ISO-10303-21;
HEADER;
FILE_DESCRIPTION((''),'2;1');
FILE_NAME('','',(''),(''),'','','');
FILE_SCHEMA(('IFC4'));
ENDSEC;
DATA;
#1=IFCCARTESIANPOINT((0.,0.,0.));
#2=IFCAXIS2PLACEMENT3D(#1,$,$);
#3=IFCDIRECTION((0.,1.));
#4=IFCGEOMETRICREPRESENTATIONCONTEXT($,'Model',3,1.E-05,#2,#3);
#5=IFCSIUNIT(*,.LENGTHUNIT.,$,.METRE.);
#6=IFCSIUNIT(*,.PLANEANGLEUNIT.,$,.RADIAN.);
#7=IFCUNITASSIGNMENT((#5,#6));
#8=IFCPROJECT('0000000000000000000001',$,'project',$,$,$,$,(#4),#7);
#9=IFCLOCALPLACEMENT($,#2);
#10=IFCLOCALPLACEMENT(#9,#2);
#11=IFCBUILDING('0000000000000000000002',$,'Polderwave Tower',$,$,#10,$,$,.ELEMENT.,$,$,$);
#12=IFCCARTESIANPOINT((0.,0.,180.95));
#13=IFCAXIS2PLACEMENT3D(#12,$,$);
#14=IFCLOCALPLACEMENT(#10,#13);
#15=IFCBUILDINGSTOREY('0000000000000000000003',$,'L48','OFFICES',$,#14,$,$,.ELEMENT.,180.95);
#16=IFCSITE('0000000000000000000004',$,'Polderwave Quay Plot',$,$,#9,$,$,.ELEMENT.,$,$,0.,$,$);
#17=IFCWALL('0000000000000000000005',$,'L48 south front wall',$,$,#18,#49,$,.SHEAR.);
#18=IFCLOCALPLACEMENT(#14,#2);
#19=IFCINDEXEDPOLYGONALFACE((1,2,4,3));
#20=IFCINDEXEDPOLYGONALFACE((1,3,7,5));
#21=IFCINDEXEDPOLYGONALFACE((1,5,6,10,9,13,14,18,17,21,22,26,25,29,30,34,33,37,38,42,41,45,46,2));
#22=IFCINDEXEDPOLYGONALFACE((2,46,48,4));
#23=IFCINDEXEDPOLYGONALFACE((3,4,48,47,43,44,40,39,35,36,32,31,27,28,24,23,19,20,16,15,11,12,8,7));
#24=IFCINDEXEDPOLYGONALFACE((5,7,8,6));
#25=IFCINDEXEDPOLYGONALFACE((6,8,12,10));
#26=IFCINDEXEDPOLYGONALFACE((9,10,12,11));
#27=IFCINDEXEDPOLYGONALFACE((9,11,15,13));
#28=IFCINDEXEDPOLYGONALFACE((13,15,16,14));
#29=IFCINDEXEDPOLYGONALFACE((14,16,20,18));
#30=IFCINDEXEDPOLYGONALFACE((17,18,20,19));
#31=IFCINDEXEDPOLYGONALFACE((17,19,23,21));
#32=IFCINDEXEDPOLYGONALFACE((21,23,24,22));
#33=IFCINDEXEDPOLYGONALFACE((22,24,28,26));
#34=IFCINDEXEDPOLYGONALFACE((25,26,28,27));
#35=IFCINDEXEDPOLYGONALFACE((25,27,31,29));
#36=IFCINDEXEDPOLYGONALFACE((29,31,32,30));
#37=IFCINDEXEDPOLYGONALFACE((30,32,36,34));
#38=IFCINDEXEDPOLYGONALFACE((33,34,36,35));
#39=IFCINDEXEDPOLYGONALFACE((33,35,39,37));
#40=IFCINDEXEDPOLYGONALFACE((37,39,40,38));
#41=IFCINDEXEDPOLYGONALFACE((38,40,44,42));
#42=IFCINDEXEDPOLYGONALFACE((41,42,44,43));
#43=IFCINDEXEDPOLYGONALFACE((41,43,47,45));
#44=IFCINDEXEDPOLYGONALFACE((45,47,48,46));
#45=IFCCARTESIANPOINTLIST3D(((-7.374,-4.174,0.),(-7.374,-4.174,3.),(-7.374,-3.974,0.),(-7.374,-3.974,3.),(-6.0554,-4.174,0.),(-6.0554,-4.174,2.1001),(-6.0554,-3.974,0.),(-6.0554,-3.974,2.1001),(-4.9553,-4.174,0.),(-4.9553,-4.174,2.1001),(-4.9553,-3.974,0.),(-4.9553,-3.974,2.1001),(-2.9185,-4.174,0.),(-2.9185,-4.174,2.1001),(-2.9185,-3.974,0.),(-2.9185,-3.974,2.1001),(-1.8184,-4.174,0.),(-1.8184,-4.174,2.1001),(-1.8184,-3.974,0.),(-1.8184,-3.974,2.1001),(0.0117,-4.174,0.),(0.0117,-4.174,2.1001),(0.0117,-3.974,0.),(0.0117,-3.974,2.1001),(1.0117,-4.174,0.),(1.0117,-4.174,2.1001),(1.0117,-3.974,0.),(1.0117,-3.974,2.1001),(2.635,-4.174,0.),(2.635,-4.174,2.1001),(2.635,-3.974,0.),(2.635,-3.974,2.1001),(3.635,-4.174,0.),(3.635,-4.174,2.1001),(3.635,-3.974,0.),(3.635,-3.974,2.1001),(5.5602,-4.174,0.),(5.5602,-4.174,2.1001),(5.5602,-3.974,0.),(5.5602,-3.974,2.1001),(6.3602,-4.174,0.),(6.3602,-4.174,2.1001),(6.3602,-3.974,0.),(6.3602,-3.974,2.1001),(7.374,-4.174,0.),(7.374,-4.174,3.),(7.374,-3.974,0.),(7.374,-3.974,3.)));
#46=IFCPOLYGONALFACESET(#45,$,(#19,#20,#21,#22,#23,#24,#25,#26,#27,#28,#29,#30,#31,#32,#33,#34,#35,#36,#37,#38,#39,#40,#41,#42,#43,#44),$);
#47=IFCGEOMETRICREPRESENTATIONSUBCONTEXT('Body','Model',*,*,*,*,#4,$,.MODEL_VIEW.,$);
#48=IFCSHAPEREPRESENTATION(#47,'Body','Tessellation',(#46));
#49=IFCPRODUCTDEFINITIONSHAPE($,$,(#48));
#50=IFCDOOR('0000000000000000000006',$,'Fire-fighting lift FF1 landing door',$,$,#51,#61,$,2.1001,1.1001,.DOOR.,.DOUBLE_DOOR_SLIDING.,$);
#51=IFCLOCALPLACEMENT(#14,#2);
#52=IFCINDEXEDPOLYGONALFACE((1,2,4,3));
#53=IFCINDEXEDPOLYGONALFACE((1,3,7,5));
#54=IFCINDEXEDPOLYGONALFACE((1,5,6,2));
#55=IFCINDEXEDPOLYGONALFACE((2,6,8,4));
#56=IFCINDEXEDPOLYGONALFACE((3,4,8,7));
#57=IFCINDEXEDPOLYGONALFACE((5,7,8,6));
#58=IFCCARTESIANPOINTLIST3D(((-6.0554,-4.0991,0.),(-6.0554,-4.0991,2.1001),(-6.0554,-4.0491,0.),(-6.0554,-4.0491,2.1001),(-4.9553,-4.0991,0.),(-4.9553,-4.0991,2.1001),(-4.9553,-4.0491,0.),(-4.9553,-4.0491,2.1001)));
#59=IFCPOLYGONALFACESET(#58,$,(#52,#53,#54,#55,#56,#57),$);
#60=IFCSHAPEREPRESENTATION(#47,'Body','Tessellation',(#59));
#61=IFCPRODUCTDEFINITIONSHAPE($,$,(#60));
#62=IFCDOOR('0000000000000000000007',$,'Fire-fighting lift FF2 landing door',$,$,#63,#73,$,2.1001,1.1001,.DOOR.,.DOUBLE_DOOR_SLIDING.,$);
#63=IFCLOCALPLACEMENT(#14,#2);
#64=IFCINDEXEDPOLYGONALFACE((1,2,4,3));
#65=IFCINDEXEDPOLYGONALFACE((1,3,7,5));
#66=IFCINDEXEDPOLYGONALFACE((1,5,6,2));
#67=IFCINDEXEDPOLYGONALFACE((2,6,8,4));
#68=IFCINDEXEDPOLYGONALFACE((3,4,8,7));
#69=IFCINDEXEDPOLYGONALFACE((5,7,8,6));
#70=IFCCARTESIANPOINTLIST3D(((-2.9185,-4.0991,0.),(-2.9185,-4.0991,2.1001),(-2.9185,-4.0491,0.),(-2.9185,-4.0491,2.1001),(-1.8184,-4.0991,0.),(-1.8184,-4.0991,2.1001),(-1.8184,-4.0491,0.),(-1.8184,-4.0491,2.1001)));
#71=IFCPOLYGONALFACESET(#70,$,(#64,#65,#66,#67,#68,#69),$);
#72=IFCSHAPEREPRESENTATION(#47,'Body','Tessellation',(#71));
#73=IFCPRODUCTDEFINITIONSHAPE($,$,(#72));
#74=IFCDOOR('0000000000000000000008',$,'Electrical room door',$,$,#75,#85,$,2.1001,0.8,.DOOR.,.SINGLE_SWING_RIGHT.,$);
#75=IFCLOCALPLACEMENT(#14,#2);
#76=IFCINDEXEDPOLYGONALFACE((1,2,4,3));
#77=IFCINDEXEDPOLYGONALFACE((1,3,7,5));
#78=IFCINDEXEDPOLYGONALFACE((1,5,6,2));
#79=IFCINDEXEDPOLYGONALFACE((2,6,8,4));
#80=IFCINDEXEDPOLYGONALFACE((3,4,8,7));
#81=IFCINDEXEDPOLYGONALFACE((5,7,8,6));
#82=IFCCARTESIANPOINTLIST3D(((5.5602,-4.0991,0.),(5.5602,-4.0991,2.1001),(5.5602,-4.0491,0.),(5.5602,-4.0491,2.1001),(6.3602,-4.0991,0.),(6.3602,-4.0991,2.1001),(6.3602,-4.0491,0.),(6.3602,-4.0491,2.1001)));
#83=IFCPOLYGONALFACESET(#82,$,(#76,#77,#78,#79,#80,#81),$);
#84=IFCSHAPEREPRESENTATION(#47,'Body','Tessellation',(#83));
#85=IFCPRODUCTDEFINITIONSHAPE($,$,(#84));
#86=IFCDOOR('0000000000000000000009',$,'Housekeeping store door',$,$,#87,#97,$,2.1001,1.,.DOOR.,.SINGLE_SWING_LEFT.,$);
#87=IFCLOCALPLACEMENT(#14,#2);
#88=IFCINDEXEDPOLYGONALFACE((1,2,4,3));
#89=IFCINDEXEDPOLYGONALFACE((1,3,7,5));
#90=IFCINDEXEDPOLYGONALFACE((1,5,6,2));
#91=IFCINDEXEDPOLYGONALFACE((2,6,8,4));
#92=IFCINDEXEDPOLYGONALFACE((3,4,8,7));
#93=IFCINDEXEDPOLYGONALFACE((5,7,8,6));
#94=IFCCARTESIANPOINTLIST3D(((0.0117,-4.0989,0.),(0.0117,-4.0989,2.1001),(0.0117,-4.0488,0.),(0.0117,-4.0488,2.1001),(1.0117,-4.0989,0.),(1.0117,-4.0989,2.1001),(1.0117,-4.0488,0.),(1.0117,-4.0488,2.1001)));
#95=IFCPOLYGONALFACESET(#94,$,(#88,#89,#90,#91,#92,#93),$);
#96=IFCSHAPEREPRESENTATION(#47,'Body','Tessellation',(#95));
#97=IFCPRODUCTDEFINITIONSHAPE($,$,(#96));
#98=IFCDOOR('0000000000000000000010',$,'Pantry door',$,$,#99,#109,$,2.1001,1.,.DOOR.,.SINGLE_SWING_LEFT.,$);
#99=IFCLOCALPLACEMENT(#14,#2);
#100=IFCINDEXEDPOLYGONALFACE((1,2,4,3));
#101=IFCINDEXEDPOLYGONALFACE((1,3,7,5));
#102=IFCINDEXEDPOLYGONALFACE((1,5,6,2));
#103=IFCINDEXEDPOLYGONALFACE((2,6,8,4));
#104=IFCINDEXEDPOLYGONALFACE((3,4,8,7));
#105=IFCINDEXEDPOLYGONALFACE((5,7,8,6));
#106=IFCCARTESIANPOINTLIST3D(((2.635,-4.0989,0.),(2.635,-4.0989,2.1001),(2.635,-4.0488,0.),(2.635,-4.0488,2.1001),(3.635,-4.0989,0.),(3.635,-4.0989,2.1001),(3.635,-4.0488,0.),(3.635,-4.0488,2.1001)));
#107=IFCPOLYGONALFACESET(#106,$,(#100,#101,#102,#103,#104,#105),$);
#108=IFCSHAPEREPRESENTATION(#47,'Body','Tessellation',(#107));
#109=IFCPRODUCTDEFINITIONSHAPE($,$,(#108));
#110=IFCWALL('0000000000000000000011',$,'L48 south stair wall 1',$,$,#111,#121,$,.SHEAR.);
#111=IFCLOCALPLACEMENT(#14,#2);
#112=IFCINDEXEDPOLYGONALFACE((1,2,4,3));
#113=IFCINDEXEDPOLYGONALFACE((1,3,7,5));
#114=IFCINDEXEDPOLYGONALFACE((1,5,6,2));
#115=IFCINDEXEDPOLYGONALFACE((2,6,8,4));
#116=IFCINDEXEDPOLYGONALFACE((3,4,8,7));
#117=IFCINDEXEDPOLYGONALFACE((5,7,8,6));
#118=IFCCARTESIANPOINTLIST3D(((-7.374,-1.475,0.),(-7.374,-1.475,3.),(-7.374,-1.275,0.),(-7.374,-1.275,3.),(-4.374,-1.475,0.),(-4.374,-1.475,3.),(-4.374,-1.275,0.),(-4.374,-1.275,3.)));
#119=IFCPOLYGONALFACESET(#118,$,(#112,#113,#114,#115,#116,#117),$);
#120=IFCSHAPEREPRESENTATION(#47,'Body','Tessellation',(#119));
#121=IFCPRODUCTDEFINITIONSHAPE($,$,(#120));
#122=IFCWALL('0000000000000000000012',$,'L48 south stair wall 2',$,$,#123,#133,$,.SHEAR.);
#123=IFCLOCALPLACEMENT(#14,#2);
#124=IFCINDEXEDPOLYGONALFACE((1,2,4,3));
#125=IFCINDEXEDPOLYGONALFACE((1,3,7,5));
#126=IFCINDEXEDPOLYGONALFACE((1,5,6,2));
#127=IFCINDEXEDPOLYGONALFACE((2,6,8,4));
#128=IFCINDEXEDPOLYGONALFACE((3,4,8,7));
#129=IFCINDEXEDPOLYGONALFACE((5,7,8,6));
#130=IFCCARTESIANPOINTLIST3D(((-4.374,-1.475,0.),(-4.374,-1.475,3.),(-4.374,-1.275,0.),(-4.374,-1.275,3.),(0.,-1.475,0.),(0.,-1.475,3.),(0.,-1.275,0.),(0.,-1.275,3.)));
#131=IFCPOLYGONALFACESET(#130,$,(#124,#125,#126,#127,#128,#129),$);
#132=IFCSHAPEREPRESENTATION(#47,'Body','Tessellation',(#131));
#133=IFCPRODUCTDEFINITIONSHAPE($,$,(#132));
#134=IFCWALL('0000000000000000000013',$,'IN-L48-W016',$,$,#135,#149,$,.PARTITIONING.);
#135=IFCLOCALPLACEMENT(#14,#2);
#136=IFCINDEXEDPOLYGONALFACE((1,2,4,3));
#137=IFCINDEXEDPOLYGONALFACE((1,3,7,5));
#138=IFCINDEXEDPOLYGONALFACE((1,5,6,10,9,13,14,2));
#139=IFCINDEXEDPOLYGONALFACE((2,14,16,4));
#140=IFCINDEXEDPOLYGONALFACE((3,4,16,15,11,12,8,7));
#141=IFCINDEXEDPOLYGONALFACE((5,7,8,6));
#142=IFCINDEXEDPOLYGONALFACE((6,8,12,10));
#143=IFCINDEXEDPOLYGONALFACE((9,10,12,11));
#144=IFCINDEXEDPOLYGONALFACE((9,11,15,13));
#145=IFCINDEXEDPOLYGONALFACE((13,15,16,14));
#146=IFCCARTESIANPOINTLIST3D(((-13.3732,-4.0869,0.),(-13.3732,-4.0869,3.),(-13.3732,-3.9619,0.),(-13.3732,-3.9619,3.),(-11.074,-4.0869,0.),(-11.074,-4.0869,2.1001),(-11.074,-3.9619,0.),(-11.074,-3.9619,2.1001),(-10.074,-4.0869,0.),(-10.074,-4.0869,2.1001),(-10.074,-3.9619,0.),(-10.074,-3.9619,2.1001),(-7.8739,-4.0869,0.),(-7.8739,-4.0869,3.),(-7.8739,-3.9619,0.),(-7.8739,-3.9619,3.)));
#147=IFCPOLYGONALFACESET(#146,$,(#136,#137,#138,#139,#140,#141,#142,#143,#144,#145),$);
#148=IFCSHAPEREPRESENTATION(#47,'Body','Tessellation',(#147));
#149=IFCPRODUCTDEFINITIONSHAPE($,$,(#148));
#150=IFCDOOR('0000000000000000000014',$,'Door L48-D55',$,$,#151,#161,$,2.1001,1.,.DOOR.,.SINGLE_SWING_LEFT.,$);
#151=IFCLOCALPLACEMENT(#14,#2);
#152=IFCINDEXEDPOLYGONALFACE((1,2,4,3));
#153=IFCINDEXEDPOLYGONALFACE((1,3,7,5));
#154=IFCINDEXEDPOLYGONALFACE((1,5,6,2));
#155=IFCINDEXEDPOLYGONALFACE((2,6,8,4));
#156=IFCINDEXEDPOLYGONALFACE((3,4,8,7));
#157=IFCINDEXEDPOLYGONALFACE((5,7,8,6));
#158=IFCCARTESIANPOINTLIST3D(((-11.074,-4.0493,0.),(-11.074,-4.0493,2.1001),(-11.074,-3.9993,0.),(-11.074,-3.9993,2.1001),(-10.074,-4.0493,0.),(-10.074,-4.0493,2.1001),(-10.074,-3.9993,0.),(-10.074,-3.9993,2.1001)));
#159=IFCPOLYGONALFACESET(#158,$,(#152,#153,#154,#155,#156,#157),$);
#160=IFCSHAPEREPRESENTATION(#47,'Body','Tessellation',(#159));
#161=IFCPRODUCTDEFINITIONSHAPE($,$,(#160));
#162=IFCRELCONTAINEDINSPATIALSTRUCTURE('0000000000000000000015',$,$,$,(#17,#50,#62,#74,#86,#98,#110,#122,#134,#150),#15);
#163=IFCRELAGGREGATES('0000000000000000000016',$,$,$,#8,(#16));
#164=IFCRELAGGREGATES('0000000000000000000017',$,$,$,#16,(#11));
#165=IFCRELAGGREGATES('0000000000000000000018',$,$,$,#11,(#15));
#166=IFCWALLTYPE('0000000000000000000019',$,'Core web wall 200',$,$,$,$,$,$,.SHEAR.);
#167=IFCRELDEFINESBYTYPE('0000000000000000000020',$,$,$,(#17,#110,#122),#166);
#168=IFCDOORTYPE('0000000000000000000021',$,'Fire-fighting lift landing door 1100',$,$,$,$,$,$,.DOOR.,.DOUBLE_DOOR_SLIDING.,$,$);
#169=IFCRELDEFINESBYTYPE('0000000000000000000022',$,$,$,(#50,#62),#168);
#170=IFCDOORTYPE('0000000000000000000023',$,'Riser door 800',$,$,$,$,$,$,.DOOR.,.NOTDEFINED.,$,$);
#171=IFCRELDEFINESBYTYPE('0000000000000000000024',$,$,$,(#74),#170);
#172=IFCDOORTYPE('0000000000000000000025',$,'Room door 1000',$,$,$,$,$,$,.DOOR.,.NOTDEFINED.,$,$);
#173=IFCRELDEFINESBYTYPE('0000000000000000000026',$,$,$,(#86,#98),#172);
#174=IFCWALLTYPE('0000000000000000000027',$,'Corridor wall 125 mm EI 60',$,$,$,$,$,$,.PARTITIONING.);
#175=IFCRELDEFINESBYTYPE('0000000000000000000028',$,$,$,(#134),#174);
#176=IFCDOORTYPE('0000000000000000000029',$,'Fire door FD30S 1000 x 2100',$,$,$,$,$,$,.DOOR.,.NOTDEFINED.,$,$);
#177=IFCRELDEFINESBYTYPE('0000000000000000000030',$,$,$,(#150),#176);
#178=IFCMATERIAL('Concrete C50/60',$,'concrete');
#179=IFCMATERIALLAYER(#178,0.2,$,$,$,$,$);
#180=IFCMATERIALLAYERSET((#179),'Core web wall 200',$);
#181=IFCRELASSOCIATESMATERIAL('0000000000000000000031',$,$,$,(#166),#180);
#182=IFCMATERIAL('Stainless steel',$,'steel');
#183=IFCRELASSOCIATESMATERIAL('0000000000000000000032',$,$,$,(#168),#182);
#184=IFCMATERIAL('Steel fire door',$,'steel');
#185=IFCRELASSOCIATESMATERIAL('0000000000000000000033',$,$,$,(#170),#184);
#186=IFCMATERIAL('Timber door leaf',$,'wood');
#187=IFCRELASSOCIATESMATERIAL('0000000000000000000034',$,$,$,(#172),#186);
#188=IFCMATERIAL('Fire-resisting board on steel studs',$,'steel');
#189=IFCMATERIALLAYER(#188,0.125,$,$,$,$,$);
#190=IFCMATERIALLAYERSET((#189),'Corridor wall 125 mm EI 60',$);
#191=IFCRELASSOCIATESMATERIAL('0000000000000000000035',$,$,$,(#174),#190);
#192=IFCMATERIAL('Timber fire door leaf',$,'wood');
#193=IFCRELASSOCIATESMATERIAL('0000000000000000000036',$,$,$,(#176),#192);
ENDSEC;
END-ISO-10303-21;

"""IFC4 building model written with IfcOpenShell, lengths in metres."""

from ifc_helpers import new_model, si_unit, direction, frame, frame_2d, origin, place, context, subcontext, project, spatial, rectangle, extrude, material, layer, layer_set, type_object, element, fill, save


model = new_model("IFC4")

# Units and contexts
model_context = context("Model", 3, precision=1e-05, world=origin(), true_north=direction((0.0, 1.0)))
body_context = subcontext(model_context, "Body", "Model", "MODEL_VIEW")
ifc_project = project(units=[si_unit("LENGTHUNIT", "METRE"), si_unit("PLANEANGLEUNIT", "RADIAN")], contexts=[model_context])

# Site, building, storey
site_placement = place(None, origin())
site = spatial("IfcSite", under=ifc_project, at=site_placement, Name="Polderwave Quay Plot", CompositionType="ELEMENT", RefElevation=0.0)
building_placement = place(site_placement, origin())
building = spatial("IfcBuilding", under=site, at=building_placement, Name="Polderwave Tower", CompositionType="ELEMENT")
storey_placement = place(building_placement, frame((0.0, 0.0, 180.95)))
storey = spatial("IfcBuildingStorey", under=building, at=storey_placement, Name="L48", Description="OFFICES", CompositionType="ELEMENT", Elevation=180.95)

# Wall, openings, doors
ifc_material_1 = material(Name="Steel fire door", Category="steel")
ifc_material_2 = material(Name="Concrete C50/60", Category="concrete")
ifc_layer_1 = layer(ifc_material_2, 0.2)
ifc_layer_set_1 = layer_set([ifc_layer_1], Name="Core web wall 200")
wall_type_1 = type_object("IfcWallType", Name="Core web wall 200", PredefinedType="SHEAR", material=ifc_layer_set_1)
wall_1_placement = place(storey_placement, frame((-7.374, -4.074, 0.0), z_axis=(0.0, 0.0, 1.0), x_axis=(1.0, 0.0, 0.0)))
wall_1 = element("IfcWall", 1, at=wall_1_placement, inside=storey, type_object=wall_type_1, Name="L48 south front wall", PredefinedType="SHEAR", context=body_context, shape_type="SweptSolid", body=[
    extrude(rectangle(XDim=14.748, YDim=0.2, at=frame_2d((7.374, 0.0))), origin(), (0.0, 0.0, 1.0), 3.0),
])
opening_1_placement = place(wall_1_placement, frame((1.3186, 0.0, 0.0)))
opening_1 = element("IfcOpeningElement", 2, at=opening_1_placement, cuts=wall_1, PredefinedType="OPENING", context=body_context, shape_type="SweptSolid", body=[
    extrude(rectangle(XDim=1.1001, YDim=2.1001, at=frame_2d((0.55, 1.05))), frame((0.0, 0.1099, 0.0), z_axis=(0.0, -1.0, 0.0), x_axis=(1.0, 0.0, 0.0)), (0.0, 0.0, 1.0), 0.22),
])
opening_2_placement = place(wall_1_placement, frame((4.4556, 0.0, 0.0)))
opening_2 = element("IfcOpeningElement", 3, at=opening_2_placement, cuts=wall_1, PredefinedType="OPENING", context=body_context, shape_type="SweptSolid", body=[
    extrude(rectangle(XDim=1.1001, YDim=2.1001, at=frame_2d((0.55, 1.05))), frame((0.0, 0.1099, 0.0), z_axis=(0.0, -1.0, 0.0), x_axis=(1.0, 0.0, 0.0)), (0.0, 0.0, 1.0), 0.22),
])
opening_3_placement = place(wall_1_placement, frame((7.3857, 0.0, 0.0)))
opening_3 = element("IfcOpeningElement", 4, at=opening_3_placement, cuts=wall_1, PredefinedType="OPENING", context=body_context, shape_type="SweptSolid", body=[
    extrude(rectangle(XDim=1.0, YDim=2.1001, at=frame_2d((0.5, 1.05))), frame((0.0, 0.1099, 0.0), z_axis=(0.0, -1.0, 0.0), x_axis=(1.0, 0.0, 0.0)), (0.0, 0.0, 1.0), 0.22),
])
opening_4_placement = place(wall_1_placement, frame((10.009, 0.0, 0.0)))
opening_4 = element("IfcOpeningElement", 5, at=opening_4_placement, cuts=wall_1, PredefinedType="OPENING", context=body_context, shape_type="SweptSolid", body=[
    extrude(rectangle(XDim=1.0, YDim=2.1001, at=frame_2d((0.5, 1.05))), frame((0.0, 0.1099, 0.0), z_axis=(0.0, -1.0, 0.0), x_axis=(1.0, 0.0, 0.0)), (0.0, 0.0, 1.0), 0.22),
])
opening_5_placement = place(wall_1_placement, frame((12.9343, 0.0, 0.0)))
opening_5 = element("IfcOpeningElement", 6, at=opening_5_placement, cuts=wall_1, PredefinedType="OPENING", context=body_context, shape_type="SweptSolid", body=[
    extrude(rectangle(XDim=0.8, YDim=2.1001, at=frame_2d((0.3999, 1.05))), frame((0.0, 0.1099, 0.0), z_axis=(0.0, -1.0, 0.0), x_axis=(1.0, 0.0, 0.0)), (0.0, 0.0, 1.0), 0.22),
])
ifc_material_3 = material(Name="Stainless steel", Category="steel")
door_type_1 = type_object("IfcDoorType", Name="Fire-fighting lift landing door 1100", OperationType="DOUBLE_DOOR_SLIDING", PredefinedType="DOOR", material=ifc_material_3)
door_1_placement = place(opening_1_placement, origin())
door_1 = element("IfcDoor", 7, at=door_1_placement, inside=storey, type_object=door_type_1, Name="Fire-fighting lift FF1 landing door", OperationType="DOUBLE_DOOR_SLIDING", OverallHeight=2.1001, OverallWidth=1.1001, PredefinedType="DOOR", context=body_context, shape_type="SweptSolid", body=[
    extrude(rectangle(XDim=1.1001, YDim=2.1001, at=frame_2d((0.55, 1.05))), frame((0.0, 0.0249, 0.0), z_axis=(0.0, -1.0, 0.0), x_axis=(1.0, 0.0, 0.0)), (0.0, 0.0, 1.0), 0.05),
])
fill(opening_1, door_1)
door_2_placement = place(opening_2_placement, origin())
door_2 = element("IfcDoor", 8, at=door_2_placement, inside=storey, type_object=door_type_1, Name="Fire-fighting lift FF2 landing door", OperationType="DOUBLE_DOOR_SLIDING", OverallHeight=2.1001, OverallWidth=1.1001, PredefinedType="DOOR", context=body_context, shape_type="SweptSolid", body=[
    extrude(rectangle(XDim=1.1001, YDim=2.1001, at=frame_2d((0.55, 1.05))), frame((0.0, 0.0249, 0.0), z_axis=(0.0, -1.0, 0.0), x_axis=(1.0, 0.0, 0.0)), (0.0, 0.0, 1.0), 0.05),
])
fill(opening_2, door_2)
door_type_2 = type_object("IfcDoorType", Name="Riser door 800", OperationType="NOTDEFINED", PredefinedType="DOOR", material=ifc_material_1)
door_3_placement = place(opening_5_placement, origin())
door_3 = element("IfcDoor", 9, at=door_3_placement, inside=storey, type_object=door_type_2, Name="Electrical room door", OperationType="SINGLE_SWING_RIGHT", OverallHeight=2.1001, OverallWidth=0.8, PredefinedType="DOOR", context=body_context, shape_type="SweptSolid", body=[
    extrude(rectangle(XDim=0.8, YDim=2.1001, at=frame_2d((0.3999, 1.05))), frame((0.0, 0.0249, 0.0), z_axis=(0.0, -1.0, 0.0), x_axis=(1.0, 0.0, 0.0)), (0.0, 0.0, 1.0), 0.05),
])
fill(opening_5, door_3)
ifc_material_4 = material(Name="Timber door leaf", Category="wood")
door_type_3 = type_object("IfcDoorType", Name="Room door 1000", OperationType="NOTDEFINED", PredefinedType="DOOR", material=ifc_material_4)
door_4_placement = place(opening_3_placement, frame((1.0, 0.0, 0.0), z_axis=(0.0, 0.0, 1.0), x_axis=(-1.0, 0.0, 0.0)))
door_4 = element("IfcDoor", 10, at=door_4_placement, inside=storey, type_object=door_type_3, Name="Housekeeping store door", OperationType="SINGLE_SWING_LEFT", OverallHeight=2.1001, OverallWidth=1.0, PredefinedType="DOOR", context=body_context, shape_type="SweptSolid", body=[
    extrude(rectangle(XDim=1.0, YDim=2.1001, at=frame_2d((0.5, 1.05))), frame((0.0, 0.0249, 0.0), z_axis=(0.0, -1.0, 0.0), x_axis=(1.0, 0.0, 0.0)), (0.0, 0.0, 1.0), 0.05),
])
fill(opening_3, door_4)
door_5_placement = place(opening_4_placement, frame((1.0, 0.0, 0.0), z_axis=(0.0, 0.0, 1.0), x_axis=(-1.0, 0.0, 0.0)))
door_5 = element("IfcDoor", 11, at=door_5_placement, inside=storey, type_object=door_type_3, Name="Pantry door", OperationType="SINGLE_SWING_LEFT", OverallHeight=2.1001, OverallWidth=1.0, PredefinedType="DOOR", context=body_context, shape_type="SweptSolid", body=[
    extrude(rectangle(XDim=1.0, YDim=2.1001, at=frame_2d((0.5, 1.05))), frame((0.0, 0.0249, 0.0), z_axis=(0.0, -1.0, 0.0), x_axis=(1.0, 0.0, 0.0)), (0.0, 0.0, 1.0), 0.05),
])
fill(opening_4, door_5)

# Walls
wall_2_placement = place(storey_placement, frame((-7.374, -1.375, 0.0), z_axis=(0.0, 0.0, 1.0), x_axis=(1.0, 0.0, 0.0)))
element("IfcWall", 12, at=wall_2_placement, inside=storey, type_object=wall_type_1, Name="L48 south stair wall 1", PredefinedType="SHEAR", context=body_context, shape_type="SweptSolid", body=[
    extrude(rectangle(XDim=3.0, YDim=0.2, at=frame_2d((1.5, 0.0))), origin(), (0.0, 0.0, 1.0), 3.0),
])
wall_3_placement = place(storey_placement, frame((-4.374, -1.375, 0.0), z_axis=(0.0, 0.0, 1.0), x_axis=(1.0, 0.0, 0.0)))
element("IfcWall", 13, at=wall_3_placement, inside=storey, type_object=wall_type_1, Name="L48 south stair wall 2", PredefinedType="SHEAR", context=body_context, shape_type="SweptSolid", body=[
    extrude(rectangle(XDim=4.374, YDim=0.2, at=frame_2d((2.187, 0.0))), origin(), (0.0, 0.0, 1.0), 3.0),
])

# Wall, opening, door
ifc_material_5 = material(Name="Fire-resisting board on steel studs", Category="steel")
ifc_layer_2 = layer(ifc_material_5, 0.125)
ifc_layer_set_2 = layer_set([ifc_layer_2], Name="Corridor wall 125 mm EI 60")
wall_type_2 = type_object("IfcWallType", Name="Corridor wall 125 mm EI 60", PredefinedType="PARTITIONING", material=ifc_layer_set_2)
wall_4_placement = place(storey_placement, frame((-7.874, -4.0244, 0.0), z_axis=(0.0, 0.0, 1.0), x_axis=(-1.0, 0.0, 0.0)))
wall_4 = element("IfcWall", 14, at=wall_4_placement, inside=storey, type_object=wall_type_2, Name="IN-L48-W016", PredefinedType="PARTITIONING", context=body_context, shape_type="SweptSolid", body=[
    extrude(rectangle(XDim=5.4993, YDim=0.125, at=frame_2d((2.7495, 0.0))), origin(), (0.0, 0.0, 1.0), 3.0),
])
opening_6_placement = place(wall_4_placement, frame((2.2, 0.0, 0.0)))
opening_6 = element("IfcOpeningElement", 15, at=opening_6_placement, cuts=wall_4, PredefinedType="OPENING", context=body_context, shape_type="SweptSolid", body=[
    extrude(rectangle(XDim=1.0, YDim=2.1001, at=frame_2d((0.5, 1.05))), frame((0.0, 0.0725, 0.0), z_axis=(0.0, -1.0, 0.0), x_axis=(1.0, 0.0, 0.0)), (0.0, 0.0, 1.0), 0.145),
])
ifc_material_6 = material(Name="Timber fire door leaf", Category="wood")
door_type_4 = type_object("IfcDoorType", Name="Fire door FD30S 1000 x 2100", OperationType="NOTDEFINED", PredefinedType="DOOR", material=ifc_material_6)
door_6_placement = place(opening_6_placement, origin())
door_6 = element("IfcDoor", 16, at=door_6_placement, inside=storey, type_object=door_type_4, Name="Door L48-D55", OperationType="SINGLE_SWING_LEFT", OverallHeight=2.1001, OverallWidth=1.0, PredefinedType="DOOR", context=body_context, shape_type="SweptSolid", body=[
    extrude(rectangle(XDim=1.0, YDim=2.1001, at=frame_2d((0.5, 1.05))), frame((0.0, 0.0249, 0.0), z_axis=(0.0, -1.0, 0.0), x_axis=(1.0, 0.0, 0.0)), (0.0, 0.0, 1.0), 0.05),
])
fill(opening_6, door_6)

save(model, "model.ifc")
